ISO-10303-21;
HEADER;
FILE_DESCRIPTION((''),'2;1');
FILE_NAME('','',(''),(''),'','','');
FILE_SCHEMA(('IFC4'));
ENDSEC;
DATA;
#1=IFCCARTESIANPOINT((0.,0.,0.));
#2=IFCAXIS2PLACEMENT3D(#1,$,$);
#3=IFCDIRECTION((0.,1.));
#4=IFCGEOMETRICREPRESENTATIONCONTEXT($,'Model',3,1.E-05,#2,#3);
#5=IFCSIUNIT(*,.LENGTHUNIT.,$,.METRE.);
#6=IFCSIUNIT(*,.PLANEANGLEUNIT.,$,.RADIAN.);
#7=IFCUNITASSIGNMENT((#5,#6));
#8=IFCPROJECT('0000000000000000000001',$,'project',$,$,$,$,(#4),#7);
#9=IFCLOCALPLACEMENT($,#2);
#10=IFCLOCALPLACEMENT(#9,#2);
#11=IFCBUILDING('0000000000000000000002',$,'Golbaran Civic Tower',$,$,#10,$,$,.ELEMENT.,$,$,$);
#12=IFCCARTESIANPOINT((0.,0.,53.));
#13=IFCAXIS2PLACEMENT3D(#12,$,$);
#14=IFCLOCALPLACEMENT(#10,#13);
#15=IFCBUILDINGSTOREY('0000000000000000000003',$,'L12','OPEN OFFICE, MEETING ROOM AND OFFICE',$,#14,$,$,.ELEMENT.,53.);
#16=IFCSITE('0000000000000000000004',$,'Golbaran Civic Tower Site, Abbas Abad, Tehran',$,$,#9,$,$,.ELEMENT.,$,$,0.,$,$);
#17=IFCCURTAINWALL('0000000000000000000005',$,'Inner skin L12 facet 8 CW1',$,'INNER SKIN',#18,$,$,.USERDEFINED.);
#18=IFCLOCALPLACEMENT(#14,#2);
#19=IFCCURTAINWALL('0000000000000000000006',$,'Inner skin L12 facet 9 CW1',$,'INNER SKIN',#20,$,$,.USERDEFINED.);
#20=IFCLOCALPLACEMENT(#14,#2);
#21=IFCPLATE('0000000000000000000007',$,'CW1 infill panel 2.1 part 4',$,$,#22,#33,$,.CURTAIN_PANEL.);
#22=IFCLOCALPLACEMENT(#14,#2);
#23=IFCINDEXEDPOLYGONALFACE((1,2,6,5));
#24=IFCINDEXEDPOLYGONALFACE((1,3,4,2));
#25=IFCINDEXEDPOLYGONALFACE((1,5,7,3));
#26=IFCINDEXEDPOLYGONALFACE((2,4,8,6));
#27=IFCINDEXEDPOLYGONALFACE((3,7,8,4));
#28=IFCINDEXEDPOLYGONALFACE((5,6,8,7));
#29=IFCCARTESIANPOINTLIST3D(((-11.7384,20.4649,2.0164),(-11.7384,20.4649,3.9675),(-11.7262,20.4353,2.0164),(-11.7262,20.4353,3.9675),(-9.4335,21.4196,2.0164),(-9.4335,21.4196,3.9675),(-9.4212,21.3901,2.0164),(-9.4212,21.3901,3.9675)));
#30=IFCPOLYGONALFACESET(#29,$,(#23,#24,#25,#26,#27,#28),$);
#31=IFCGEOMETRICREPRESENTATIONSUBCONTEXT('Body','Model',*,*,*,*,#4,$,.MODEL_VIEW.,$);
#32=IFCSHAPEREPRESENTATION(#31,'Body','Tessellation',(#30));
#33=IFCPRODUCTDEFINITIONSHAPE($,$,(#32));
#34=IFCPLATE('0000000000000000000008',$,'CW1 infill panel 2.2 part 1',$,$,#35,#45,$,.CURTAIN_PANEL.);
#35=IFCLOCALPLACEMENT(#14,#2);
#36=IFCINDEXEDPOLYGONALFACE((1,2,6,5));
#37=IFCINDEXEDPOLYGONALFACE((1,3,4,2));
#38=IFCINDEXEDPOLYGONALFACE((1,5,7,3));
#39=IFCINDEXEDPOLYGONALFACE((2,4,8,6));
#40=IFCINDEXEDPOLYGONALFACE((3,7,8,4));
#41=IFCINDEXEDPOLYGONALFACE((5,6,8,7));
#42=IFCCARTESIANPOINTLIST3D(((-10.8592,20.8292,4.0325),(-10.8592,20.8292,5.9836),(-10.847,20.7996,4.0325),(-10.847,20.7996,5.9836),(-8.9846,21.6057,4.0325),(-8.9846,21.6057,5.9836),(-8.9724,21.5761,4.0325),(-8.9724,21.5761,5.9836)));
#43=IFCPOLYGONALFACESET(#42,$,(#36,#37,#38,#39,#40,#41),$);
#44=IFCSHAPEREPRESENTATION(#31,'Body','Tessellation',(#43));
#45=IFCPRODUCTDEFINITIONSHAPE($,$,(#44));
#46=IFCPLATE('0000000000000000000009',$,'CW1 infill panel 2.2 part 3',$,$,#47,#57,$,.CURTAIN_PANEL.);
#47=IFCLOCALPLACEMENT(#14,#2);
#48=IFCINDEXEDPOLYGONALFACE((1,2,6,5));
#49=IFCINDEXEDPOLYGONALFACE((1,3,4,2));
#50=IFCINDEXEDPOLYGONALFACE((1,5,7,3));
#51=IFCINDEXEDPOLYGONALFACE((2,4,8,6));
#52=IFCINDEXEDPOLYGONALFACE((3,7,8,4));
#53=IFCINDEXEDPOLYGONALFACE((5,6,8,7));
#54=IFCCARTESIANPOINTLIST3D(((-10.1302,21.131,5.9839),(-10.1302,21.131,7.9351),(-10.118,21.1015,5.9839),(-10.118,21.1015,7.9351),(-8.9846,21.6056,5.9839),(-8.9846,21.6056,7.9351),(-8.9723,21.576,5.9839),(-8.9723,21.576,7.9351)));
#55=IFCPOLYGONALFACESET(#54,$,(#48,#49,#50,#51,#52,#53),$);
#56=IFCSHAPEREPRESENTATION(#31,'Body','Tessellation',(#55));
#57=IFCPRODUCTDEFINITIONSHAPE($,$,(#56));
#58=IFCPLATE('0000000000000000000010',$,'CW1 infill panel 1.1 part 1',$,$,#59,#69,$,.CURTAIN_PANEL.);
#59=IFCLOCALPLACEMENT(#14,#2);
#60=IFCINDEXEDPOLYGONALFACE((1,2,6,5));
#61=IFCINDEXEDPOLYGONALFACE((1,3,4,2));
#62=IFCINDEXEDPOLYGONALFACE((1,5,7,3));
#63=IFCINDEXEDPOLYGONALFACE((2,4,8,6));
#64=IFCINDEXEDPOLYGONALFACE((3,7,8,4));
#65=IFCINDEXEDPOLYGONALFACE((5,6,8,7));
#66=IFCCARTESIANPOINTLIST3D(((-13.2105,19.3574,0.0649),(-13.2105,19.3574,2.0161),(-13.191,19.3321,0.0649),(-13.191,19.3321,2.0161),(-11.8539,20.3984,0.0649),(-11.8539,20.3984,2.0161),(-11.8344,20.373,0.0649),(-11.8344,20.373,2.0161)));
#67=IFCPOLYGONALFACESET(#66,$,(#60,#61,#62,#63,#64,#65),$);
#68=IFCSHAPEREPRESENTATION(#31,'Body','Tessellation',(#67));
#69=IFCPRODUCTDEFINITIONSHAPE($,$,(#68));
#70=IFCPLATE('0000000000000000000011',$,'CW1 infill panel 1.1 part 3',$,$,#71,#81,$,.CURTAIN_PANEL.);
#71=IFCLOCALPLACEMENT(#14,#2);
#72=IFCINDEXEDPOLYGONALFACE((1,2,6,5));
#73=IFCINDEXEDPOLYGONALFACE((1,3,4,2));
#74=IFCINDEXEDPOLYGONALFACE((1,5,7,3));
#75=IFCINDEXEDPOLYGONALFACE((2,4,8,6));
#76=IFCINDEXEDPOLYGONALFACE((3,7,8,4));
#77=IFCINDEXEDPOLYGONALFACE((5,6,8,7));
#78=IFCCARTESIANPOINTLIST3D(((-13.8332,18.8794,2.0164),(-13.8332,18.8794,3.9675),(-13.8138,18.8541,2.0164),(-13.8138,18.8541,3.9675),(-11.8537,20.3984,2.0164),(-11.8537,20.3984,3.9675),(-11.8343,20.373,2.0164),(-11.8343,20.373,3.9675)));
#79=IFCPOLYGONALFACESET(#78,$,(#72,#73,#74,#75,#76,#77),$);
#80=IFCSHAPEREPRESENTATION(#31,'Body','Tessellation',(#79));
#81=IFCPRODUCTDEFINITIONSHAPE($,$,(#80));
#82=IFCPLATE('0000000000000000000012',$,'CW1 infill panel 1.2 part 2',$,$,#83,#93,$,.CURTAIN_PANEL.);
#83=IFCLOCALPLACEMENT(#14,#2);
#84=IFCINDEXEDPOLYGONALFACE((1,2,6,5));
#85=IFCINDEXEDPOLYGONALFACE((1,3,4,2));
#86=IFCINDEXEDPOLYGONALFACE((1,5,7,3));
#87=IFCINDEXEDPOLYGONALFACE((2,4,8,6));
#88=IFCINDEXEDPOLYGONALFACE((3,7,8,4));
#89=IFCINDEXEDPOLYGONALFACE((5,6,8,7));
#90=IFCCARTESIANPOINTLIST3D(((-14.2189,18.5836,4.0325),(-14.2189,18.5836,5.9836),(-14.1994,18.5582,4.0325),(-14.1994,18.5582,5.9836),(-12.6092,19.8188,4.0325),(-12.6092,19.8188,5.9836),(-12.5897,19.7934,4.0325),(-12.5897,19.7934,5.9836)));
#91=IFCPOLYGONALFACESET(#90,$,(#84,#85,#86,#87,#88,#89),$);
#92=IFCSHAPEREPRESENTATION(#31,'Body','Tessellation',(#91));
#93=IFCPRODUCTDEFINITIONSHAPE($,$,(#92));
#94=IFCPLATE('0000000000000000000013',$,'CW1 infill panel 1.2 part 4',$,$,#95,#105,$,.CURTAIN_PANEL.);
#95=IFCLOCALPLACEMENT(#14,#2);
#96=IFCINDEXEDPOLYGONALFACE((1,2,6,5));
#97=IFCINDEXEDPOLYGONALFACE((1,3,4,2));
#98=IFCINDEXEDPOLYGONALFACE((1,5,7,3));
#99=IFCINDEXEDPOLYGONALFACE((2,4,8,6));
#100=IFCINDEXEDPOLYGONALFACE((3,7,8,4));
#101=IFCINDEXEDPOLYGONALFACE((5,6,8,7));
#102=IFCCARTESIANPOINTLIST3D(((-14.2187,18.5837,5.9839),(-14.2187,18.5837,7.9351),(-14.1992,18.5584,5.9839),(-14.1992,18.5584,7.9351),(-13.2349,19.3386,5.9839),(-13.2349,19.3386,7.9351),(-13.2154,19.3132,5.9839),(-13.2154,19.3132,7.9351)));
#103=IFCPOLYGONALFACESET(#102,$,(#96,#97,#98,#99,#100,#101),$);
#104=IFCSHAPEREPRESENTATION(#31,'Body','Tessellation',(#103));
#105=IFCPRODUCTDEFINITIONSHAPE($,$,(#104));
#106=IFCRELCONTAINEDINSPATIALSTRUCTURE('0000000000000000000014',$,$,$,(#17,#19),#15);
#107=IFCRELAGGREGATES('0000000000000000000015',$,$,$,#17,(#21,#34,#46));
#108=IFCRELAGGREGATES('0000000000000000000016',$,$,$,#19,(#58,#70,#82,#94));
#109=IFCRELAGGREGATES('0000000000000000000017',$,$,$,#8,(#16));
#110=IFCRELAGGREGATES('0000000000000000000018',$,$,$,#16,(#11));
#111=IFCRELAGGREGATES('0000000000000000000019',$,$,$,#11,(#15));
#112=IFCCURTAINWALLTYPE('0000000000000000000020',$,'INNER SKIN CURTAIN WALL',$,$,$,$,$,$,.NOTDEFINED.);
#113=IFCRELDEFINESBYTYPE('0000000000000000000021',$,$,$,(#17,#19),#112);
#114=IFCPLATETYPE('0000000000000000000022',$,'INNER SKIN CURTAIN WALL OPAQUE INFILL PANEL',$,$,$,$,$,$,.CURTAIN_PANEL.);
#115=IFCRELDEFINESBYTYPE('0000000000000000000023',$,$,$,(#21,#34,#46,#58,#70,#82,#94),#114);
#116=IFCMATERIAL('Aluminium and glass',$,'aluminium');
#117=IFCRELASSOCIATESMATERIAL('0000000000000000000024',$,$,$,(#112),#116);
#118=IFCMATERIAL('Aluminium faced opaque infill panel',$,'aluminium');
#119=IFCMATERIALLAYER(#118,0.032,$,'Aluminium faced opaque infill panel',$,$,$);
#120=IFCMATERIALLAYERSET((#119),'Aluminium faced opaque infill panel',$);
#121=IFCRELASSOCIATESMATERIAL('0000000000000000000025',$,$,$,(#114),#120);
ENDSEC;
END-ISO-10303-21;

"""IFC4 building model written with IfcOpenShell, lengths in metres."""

from ifc_helpers import new_model, si_unit, direction, frame, origin, origin_2d, place, context, subcontext, project, spatial, rectangle, extrude, material, layer, layer_set, type_object, element, aggregate, save


model = new_model("IFC4")

# Units and contexts
model_context = context("Model", 3, precision=1e-05, world=origin(), true_north=direction((0.0, 1.0)))
body_context = subcontext(model_context, "Body", "Model", "MODEL_VIEW")
ifc_project = project(units=[si_unit("LENGTHUNIT", "METRE"), si_unit("PLANEANGLEUNIT", "RADIAN")], contexts=[model_context])

# Site, building, storey
site_placement = place(None, origin())
site = spatial("IfcSite", under=ifc_project, at=site_placement, Name="Golbaran Civic Tower Site, Abbas Abad, Tehran", CompositionType="ELEMENT", RefElevation=0.0)
building_placement = place(site_placement, origin())
building = spatial("IfcBuilding", under=site, at=building_placement, Name="Golbaran Civic Tower", CompositionType="ELEMENT")
storey_placement = place(building_placement, frame((0.0, 0.0, 53.0)))
storey = spatial("IfcBuildingStorey", under=building, at=storey_placement, Name="L12", Description="OPEN OFFICE, MEETING ROOM AND OFFICE", CompositionType="ELEMENT", Elevation=53.0)

# Curtain walls
ifc_material_1 = material(Name="Aluminium and glass", Category="aluminium")
curtain_wall_type = type_object("IfcCurtainWallType", Name="INNER SKIN CURTAIN WALL", PredefinedType="NOTDEFINED", material=ifc_material_1)
curtain_wall_1_placement = place(storey_placement, origin())
curtain_wall_1 = element("IfcCurtainWall", 1, at=curtain_wall_1_placement, inside=storey, type_object=curtain_wall_type, Name="Inner skin L12 facet 8 CW1", ObjectType="INNER SKIN", PredefinedType="USERDEFINED")
curtain_wall_2_placement = place(storey_placement, origin())
curtain_wall_2 = element("IfcCurtainWall", 2, at=curtain_wall_2_placement, inside=storey, type_object=curtain_wall_type, Name="Inner skin L12 facet 9 CW1", ObjectType="INNER SKIN", PredefinedType="USERDEFINED")

# Plates
ifc_material_2 = material(Name="Aluminium faced opaque infill panel", Category="aluminium")
ifc_layer_1 = layer(ifc_material_2, 0.032, Name="Aluminium faced opaque infill panel")
ifc_layer_set_1 = layer_set([ifc_layer_1], Name="Aluminium faced opaque infill panel")
plate_type_1 = type_object("IfcPlateType", Name="INNER SKIN CURTAIN WALL OPAQUE INFILL PANEL", PredefinedType="CURTAIN_PANEL", material=ifc_layer_set_1)
plate_1_placement = place(storey_placement, frame((-10.5798, 20.9275, 2.0164), z_axis=(0.0, 0.0, 1.0), x_axis=(-0.92388, -0.382683, 0.0)))
plate_1 = element("IfcPlate", 3, at=plate_1_placement, type_object=plate_type_1, Name="CW1 infill panel 2.1 part 4", PredefinedType="CURTAIN_PANEL", context=body_context, shape_type="SweptSolid", body=[
    extrude(rectangle(XDim=2.4949, YDim=0.032, at=origin_2d()), origin(), (0.0, 0.0, 1.0), 1.9512),
])
plate_2_placement = place(storey_placement, frame((-9.9158, 21.2026, 4.0325), z_axis=(0.0, 0.0, 1.0), x_axis=(-0.92388, -0.382683, 0.0)))
plate_2 = element("IfcPlate", 4, at=plate_2_placement, type_object=plate_type_1, Name="CW1 infill panel 2.2 part 1", PredefinedType="CURTAIN_PANEL", context=body_context, shape_type="SweptSolid", body=[
    extrude(rectangle(XDim=2.0291, YDim=0.032, at=origin_2d()), origin(), (0.0, 0.0, 1.0), 1.9512),
])
plate_3_placement = place(storey_placement, frame((-9.5513, 21.3535, 5.9839), z_axis=(0.0, 0.0, 1.0), x_axis=(-0.92388, -0.382683, 0.0)))
plate_3 = element("IfcPlate", 5, at=plate_3_placement, type_object=plate_type_1, Name="CW1 infill panel 2.2 part 3", PredefinedType="CURTAIN_PANEL", context=body_context, shape_type="SweptSolid", body=[
    extrude(rectangle(XDim=1.24, YDim=0.032, at=origin_2d()), origin(), (0.0, 0.0, 1.0), 1.9512),
])
aggregate(curtain_wall_1, [plate_1, plate_2, plate_3])
plate_4_placement = place(storey_placement, frame((-12.5225, 19.8652, 0.0649), z_axis=(0.0, 0.0, 1.0), x_axis=(-0.793353, -0.608761, 0.0)))
plate_4 = element("IfcPlate", 6, at=plate_4_placement, type_object=plate_type_1, Name="CW1 infill panel 1.1 part 1", PredefinedType="CURTAIN_PANEL", context=body_context, shape_type="SweptSolid", body=[
    extrude(rectangle(XDim=1.71, YDim=0.032, at=origin_2d()), origin(), (0.0, 0.0, 1.0), 1.9512),
])
plate_5_placement = place(storey_placement, frame((-12.8337, 19.6262, 2.0164), z_axis=(0.0, 0.0, 1.0), x_axis=(-0.793353, -0.608761, 0.0)))
plate_5 = element("IfcPlate", 7, at=plate_5_placement, type_object=plate_type_1, Name="CW1 infill panel 1.1 part 3", PredefinedType="CURTAIN_PANEL", context=body_context, shape_type="SweptSolid", body=[
    extrude(rectangle(XDim=2.4951, YDim=0.032, at=origin_2d()), origin(), (0.0, 0.0, 1.0), 1.9512),
])
plate_6_placement = place(storey_placement, frame((-13.4043, 19.1885, 4.0325), z_axis=(0.0, 0.0, 1.0), x_axis=(-0.793353, -0.608761, 0.0)))
plate_6 = element("IfcPlate", 8, at=plate_6_placement, type_object=plate_type_1, Name="CW1 infill panel 1.2 part 2", PredefinedType="CURTAIN_PANEL", context=body_context, shape_type="SweptSolid", body=[
    extrude(rectangle(XDim=2.0291, YDim=0.032, at=origin_2d()), origin(), (0.0, 0.0, 1.0), 1.9512),
])
plate_7_placement = place(storey_placement, frame((-13.717, 18.9485, 5.9839), z_axis=(0.0, 0.0, 1.0), x_axis=(-0.793353, -0.608761, 0.0)))
plate_7 = element("IfcPlate", 9, at=plate_7_placement, type_object=plate_type_1, Name="CW1 infill panel 1.2 part 4", PredefinedType="CURTAIN_PANEL", context=body_context, shape_type="SweptSolid", body=[
    extrude(rectangle(XDim=1.24, YDim=0.032, at=origin_2d()), origin(), (0.0, 0.0, 1.0), 1.9512),
])
aggregate(curtain_wall_2, [plate_4, plate_5, plate_6, plate_7])

save(model, "model.ifc")
